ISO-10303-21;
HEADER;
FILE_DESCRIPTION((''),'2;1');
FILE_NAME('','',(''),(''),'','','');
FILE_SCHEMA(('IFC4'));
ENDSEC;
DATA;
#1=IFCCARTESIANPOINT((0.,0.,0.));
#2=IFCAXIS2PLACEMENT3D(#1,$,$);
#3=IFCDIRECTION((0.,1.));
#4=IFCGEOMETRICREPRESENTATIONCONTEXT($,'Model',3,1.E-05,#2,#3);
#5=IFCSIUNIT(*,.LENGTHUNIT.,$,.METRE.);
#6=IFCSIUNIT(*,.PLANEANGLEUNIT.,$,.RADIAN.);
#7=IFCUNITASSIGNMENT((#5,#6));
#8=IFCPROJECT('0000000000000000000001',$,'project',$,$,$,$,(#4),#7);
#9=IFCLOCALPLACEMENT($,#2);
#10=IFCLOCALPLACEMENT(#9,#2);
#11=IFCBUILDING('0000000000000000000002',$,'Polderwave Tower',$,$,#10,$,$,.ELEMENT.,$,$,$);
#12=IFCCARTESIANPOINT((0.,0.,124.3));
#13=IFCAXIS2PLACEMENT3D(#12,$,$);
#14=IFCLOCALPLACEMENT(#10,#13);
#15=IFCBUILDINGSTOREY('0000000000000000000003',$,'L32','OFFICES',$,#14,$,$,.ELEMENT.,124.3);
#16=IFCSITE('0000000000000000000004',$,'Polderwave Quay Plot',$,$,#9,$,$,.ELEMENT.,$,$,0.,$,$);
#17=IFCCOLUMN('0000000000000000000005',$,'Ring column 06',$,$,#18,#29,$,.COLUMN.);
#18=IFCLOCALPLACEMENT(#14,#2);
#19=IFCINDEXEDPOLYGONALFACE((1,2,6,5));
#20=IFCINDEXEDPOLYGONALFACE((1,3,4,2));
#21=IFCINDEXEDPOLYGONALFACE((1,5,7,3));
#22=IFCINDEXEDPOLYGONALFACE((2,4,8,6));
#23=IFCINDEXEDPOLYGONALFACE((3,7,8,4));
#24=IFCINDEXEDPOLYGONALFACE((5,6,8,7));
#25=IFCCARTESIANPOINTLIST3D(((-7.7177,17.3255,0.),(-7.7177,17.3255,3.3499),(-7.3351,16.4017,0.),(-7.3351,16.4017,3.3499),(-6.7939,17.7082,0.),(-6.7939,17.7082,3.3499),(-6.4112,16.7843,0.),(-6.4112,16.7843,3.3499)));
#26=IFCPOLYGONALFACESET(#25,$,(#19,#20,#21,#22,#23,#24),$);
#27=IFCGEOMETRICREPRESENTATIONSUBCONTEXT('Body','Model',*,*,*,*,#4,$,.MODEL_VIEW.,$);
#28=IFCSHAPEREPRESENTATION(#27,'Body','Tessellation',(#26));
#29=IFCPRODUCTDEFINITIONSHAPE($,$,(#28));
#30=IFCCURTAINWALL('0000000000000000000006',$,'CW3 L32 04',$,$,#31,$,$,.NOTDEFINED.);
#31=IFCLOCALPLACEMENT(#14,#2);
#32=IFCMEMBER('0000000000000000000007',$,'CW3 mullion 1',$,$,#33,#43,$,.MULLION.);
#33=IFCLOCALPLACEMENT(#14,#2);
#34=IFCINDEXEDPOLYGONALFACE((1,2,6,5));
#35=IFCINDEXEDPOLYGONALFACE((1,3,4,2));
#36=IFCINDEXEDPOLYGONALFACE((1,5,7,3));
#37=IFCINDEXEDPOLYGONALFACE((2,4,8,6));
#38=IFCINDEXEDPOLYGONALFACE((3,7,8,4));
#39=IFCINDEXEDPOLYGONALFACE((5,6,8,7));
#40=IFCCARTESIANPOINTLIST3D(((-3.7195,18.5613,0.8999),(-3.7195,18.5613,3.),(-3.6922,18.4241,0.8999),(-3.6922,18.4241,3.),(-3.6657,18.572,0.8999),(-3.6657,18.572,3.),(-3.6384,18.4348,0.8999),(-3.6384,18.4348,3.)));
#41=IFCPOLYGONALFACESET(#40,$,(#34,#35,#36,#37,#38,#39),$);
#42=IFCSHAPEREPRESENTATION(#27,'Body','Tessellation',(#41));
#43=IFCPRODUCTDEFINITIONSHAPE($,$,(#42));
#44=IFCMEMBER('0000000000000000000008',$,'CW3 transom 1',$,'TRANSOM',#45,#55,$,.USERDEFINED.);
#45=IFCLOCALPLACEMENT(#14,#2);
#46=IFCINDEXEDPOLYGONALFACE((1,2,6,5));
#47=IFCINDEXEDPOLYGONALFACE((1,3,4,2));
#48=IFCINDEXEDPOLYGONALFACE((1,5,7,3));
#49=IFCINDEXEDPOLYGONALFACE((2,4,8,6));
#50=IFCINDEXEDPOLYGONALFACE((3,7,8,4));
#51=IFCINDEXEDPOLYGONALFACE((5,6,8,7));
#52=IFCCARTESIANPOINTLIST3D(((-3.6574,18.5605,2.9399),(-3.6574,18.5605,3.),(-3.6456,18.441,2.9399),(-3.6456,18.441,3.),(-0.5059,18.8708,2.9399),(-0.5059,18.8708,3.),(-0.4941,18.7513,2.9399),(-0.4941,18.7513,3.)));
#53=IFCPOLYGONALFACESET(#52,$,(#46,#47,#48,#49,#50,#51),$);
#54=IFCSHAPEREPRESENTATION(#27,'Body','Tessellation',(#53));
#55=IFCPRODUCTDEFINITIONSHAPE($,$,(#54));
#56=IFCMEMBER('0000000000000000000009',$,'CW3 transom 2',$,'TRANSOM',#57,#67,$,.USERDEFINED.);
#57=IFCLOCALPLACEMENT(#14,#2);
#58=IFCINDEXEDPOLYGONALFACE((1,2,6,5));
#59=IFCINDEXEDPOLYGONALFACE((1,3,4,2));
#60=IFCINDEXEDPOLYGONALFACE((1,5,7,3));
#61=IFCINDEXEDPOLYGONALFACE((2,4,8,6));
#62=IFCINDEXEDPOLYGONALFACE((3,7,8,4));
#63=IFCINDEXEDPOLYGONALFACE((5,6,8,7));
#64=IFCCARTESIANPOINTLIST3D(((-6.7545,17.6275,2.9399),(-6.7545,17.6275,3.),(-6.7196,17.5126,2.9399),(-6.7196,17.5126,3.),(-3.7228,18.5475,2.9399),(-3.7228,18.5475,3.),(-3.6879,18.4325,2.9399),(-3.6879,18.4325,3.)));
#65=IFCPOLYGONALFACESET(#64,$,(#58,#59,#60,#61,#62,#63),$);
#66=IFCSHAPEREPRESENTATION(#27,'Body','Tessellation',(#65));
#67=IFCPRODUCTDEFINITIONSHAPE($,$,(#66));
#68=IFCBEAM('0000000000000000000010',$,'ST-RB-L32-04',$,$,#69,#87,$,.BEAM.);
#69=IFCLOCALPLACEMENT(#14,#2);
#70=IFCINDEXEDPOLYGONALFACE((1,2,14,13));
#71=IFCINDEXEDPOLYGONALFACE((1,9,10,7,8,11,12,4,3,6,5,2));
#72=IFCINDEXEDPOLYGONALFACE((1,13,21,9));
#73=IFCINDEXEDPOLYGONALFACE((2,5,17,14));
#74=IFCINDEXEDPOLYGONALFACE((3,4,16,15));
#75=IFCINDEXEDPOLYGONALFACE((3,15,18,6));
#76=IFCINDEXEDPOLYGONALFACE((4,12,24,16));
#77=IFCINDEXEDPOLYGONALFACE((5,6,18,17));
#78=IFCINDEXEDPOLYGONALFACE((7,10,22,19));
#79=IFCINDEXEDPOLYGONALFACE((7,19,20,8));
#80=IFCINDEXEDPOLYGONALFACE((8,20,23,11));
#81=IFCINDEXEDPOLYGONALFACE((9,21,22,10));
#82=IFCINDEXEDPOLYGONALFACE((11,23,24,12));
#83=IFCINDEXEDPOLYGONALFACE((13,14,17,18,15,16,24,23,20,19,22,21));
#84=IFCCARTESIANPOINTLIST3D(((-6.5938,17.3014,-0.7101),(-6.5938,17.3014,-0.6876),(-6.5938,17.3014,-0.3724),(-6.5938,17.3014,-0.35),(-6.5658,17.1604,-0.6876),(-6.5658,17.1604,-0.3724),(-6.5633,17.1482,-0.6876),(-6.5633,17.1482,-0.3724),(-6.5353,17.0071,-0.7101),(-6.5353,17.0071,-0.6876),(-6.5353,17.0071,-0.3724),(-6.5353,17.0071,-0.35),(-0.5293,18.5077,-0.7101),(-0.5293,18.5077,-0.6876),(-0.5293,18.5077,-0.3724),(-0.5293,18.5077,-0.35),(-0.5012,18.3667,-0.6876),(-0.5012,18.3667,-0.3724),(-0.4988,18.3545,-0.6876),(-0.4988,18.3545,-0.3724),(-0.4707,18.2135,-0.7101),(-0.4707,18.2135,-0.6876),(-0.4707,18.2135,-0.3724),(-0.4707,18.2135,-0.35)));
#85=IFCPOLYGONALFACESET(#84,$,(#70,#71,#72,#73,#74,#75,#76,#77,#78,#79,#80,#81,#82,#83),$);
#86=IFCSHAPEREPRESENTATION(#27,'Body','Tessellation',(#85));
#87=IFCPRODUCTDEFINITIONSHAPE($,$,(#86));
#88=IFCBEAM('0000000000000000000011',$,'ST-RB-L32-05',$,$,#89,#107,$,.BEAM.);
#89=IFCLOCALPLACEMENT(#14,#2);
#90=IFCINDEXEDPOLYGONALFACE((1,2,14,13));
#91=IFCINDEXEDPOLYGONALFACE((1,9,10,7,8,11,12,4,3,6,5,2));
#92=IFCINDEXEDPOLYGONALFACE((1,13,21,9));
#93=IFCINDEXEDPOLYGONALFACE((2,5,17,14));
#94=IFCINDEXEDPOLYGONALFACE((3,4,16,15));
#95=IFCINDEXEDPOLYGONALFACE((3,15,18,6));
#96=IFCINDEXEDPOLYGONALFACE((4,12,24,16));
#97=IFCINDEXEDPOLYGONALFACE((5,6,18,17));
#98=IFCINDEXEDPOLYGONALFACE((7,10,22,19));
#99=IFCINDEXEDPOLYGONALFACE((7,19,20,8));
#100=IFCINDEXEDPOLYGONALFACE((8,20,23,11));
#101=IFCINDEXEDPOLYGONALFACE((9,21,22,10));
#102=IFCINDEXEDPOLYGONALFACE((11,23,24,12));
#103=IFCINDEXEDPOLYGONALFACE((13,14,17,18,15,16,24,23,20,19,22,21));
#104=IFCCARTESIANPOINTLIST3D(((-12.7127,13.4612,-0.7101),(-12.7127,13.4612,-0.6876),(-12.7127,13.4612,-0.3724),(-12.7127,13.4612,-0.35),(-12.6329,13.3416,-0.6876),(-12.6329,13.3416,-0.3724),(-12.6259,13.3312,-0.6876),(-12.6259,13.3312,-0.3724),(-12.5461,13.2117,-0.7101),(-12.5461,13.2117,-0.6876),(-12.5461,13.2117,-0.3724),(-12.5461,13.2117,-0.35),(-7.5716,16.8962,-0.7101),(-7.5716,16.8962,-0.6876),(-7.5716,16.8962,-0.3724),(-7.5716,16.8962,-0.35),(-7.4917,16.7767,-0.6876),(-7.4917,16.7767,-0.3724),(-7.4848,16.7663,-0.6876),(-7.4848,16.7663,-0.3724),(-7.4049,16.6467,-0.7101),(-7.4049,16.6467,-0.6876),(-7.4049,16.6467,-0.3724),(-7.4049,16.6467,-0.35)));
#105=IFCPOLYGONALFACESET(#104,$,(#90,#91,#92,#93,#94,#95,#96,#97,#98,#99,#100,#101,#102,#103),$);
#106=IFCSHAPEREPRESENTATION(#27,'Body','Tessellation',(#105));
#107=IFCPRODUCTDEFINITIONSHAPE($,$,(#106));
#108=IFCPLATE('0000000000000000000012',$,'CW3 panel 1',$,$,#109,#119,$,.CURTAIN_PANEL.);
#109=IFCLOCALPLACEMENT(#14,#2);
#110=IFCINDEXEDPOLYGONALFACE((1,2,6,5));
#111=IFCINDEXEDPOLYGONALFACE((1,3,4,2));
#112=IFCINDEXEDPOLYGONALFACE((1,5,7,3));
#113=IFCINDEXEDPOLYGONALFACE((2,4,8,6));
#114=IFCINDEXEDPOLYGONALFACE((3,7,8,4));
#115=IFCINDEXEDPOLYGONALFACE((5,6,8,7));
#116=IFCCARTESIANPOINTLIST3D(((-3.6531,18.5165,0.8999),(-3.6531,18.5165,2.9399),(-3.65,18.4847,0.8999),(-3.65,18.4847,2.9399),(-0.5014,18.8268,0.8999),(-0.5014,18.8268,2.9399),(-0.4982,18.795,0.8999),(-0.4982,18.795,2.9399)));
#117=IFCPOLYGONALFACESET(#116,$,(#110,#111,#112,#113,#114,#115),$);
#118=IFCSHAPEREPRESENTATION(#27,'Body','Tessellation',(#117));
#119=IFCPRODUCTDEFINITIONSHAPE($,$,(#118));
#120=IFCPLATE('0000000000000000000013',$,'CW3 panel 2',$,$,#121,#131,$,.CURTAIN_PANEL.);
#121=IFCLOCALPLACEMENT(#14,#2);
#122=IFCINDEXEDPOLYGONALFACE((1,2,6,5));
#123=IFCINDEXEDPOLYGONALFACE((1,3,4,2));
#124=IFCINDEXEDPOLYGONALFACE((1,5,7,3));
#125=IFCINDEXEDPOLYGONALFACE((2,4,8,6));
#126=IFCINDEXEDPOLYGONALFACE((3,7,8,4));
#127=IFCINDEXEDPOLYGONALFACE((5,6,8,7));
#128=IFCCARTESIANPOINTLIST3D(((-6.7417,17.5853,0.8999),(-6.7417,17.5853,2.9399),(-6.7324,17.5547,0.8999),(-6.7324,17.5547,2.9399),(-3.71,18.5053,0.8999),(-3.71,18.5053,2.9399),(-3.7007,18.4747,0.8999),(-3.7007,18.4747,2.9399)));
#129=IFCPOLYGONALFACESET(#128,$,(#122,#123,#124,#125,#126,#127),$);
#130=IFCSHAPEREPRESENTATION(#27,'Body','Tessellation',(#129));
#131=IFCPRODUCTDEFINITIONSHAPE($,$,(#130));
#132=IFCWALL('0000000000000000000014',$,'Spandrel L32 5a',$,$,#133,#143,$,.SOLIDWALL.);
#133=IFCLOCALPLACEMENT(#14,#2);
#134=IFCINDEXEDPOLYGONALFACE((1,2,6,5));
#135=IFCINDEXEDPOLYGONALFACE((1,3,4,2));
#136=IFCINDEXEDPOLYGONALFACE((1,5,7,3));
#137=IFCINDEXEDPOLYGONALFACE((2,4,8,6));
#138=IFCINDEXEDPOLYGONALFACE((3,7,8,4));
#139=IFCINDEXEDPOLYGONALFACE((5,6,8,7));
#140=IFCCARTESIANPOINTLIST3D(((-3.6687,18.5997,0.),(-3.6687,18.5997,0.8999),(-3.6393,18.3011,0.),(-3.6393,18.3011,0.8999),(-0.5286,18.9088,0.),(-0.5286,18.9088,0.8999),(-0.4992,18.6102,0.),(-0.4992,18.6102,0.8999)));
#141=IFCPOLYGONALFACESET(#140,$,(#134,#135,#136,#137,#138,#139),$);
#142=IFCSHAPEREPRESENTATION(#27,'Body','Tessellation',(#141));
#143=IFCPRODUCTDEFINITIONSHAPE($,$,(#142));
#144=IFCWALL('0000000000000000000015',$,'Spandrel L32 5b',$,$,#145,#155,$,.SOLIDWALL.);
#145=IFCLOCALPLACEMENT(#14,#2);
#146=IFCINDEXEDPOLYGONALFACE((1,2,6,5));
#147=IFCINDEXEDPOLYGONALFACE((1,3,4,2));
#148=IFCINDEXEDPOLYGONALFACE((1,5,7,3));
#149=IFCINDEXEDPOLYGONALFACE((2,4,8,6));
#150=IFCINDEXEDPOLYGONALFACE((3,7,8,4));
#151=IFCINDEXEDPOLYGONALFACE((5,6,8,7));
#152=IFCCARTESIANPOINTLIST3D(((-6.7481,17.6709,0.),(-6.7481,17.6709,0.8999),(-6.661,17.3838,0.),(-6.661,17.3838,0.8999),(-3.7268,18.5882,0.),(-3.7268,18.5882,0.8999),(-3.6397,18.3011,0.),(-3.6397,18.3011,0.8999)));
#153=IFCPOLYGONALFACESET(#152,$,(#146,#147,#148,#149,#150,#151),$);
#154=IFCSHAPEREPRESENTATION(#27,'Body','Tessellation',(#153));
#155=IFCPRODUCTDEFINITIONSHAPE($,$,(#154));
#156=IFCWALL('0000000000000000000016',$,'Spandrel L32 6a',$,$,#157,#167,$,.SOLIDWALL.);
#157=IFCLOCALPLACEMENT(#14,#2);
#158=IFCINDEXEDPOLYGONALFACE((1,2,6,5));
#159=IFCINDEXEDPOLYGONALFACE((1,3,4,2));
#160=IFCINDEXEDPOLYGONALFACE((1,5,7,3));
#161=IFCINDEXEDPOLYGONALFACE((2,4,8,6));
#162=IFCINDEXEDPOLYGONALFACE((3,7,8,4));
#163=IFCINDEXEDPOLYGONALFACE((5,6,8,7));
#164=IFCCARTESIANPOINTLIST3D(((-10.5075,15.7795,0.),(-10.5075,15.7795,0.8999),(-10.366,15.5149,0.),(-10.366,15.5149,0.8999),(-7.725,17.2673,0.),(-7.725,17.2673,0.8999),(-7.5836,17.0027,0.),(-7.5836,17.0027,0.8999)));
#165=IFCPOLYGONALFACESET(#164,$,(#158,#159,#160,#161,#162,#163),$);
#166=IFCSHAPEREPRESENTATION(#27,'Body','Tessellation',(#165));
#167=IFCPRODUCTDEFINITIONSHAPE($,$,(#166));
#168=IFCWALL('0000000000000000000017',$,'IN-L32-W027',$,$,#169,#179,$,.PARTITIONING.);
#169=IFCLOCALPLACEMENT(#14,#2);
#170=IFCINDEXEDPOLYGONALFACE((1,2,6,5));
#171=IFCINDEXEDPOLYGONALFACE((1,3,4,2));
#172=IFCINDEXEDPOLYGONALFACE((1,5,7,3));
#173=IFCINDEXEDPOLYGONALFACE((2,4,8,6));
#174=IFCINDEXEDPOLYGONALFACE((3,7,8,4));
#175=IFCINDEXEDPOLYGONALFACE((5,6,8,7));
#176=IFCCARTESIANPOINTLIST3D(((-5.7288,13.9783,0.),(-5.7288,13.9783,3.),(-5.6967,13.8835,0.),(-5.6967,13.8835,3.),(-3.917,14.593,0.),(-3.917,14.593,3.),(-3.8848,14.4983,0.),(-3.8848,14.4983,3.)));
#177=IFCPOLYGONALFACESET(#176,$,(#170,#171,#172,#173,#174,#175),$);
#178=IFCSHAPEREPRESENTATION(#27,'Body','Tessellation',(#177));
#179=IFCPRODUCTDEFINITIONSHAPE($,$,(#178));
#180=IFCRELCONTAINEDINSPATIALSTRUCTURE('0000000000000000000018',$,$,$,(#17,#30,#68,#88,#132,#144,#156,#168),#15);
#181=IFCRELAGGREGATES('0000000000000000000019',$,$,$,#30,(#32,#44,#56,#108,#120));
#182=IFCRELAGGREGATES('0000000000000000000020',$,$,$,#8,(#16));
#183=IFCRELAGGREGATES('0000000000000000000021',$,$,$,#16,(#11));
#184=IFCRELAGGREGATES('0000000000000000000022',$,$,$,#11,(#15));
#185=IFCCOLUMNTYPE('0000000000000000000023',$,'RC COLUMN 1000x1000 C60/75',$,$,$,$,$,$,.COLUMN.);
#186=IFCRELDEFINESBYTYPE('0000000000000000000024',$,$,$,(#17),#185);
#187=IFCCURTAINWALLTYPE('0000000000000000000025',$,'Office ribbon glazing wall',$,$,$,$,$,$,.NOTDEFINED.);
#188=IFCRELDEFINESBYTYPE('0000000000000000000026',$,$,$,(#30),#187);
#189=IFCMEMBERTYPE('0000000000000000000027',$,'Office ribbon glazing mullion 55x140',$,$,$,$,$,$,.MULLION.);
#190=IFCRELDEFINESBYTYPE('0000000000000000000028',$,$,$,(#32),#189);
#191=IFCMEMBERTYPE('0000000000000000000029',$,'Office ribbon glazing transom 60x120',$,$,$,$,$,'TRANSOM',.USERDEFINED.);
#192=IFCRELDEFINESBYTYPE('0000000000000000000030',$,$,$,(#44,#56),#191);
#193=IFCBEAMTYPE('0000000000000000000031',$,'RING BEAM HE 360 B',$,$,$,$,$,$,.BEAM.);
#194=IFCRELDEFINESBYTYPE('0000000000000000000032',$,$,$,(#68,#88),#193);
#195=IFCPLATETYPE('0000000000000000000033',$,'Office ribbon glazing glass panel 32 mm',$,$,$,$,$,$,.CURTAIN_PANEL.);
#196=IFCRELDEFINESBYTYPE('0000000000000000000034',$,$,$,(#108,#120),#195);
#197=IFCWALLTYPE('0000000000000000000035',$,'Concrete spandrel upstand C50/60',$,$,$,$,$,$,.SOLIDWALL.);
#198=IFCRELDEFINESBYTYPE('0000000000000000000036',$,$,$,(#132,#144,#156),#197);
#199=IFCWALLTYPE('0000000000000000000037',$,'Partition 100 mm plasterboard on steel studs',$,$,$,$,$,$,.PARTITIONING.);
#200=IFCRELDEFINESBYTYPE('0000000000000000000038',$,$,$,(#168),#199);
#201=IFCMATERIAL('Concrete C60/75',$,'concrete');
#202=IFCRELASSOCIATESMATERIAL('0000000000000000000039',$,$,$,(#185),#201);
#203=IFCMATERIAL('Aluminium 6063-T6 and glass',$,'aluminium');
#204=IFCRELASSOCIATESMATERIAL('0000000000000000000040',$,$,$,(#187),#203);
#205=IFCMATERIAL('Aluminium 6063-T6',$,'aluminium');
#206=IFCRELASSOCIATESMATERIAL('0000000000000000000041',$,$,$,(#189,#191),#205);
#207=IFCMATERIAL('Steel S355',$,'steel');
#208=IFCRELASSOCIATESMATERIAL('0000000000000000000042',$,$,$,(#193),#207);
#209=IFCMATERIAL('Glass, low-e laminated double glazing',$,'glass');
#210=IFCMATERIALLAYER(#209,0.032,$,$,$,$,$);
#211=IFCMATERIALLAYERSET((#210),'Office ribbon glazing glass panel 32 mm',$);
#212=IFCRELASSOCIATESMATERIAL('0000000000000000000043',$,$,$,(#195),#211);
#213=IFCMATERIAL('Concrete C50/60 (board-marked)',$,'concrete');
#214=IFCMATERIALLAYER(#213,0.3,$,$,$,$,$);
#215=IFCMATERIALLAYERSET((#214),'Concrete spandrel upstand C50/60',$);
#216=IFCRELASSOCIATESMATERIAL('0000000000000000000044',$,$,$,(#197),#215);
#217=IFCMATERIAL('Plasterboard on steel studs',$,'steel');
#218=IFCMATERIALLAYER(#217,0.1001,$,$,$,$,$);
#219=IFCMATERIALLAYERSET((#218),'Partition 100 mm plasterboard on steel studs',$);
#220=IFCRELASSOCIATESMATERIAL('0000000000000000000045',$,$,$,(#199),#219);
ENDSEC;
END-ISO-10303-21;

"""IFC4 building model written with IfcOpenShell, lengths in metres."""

from ifc_helpers import new_model, si_unit, direction, frame, frame_2d, origin, origin_2d, place, context, subcontext, project, spatial, rectangle, i_section, extrude, material, layer, layer_set, material_profile, profile_set, type_object, element, aggregate, save


model = new_model("IFC4")

# Units and contexts
model_context = context("Model", 3, precision=1e-05, world=origin(), true_north=direction((0.0, 1.0)))
body_context = subcontext(model_context, "Body", "Model", "MODEL_VIEW")
ifc_project = project(units=[si_unit("LENGTHUNIT", "METRE"), si_unit("PLANEANGLEUNIT", "RADIAN")], contexts=[model_context])

# Site, building, storey
site_placement = place(None, origin())
site = spatial("IfcSite", under=ifc_project, at=site_placement, Name="Polderwave Quay Plot", CompositionType="ELEMENT", RefElevation=0.0)
building_placement = place(site_placement, origin())
building = spatial("IfcBuilding", under=site, at=building_placement, Name="Polderwave Tower", CompositionType="ELEMENT")
storey_placement = place(building_placement, frame((0.0, 0.0, 124.3)))
storey = spatial("IfcBuildingStorey", under=building, at=storey_placement, Name="L32", Description="OFFICES", CompositionType="ELEMENT", Elevation=124.3)

# Column
ifc_material_1 = material(Name="Concrete C60/75", Category="concrete")
ifc_material_profile_1 = material_profile(ifc_material_1, rectangle(XDim=1.0, YDim=1.0, at=origin_2d()), Name="RC 1000x1000")
ifc_profile_set_1 = profile_set([ifc_material_profile_1], Name="Concrete C60/75")
column_type = type_object("IfcColumnType", Name="RC COLUMN 1000x1000 C60/75", PredefinedType="COLUMN", material=ifc_profile_set_1)
column_placement = place(storey_placement, frame((-7.0645, 17.0549, 0.0), z_axis=(0.0, 0.0, 1.0), x_axis=(-0.382683, 0.92388, 0.0)))
element("IfcColumn", 1, at=column_placement, inside=storey, type_object=column_type, Name="Ring column 06", PredefinedType="COLUMN", context=body_context, shape_type="SweptSolid", body=[
    extrude(rectangle(XDim=1.0, YDim=1.0, at=origin_2d()), origin(), (0.0, 0.0, 1.0), 3.3499),
])

# Curtain wall, members
ifc_material_2 = material(Name="Aluminium 6063-T6 and glass", Category="aluminium")
curtain_wall_type = type_object("IfcCurtainWallType", Name="Office ribbon glazing wall", PredefinedType="NOTDEFINED", material=ifc_material_2)
curtain_wall_placement = place(storey_placement, origin())
curtain_wall = element("IfcCurtainWall", 2, at=curtain_wall_placement, inside=storey, type_object=curtain_wall_type, Name="CW3 L32 04", PredefinedType="NOTDEFINED")
ifc_material_3 = material(Name="Aluminium 6063-T6", Category="aluminium")
ifc_material_profile_2 = material_profile(ifc_material_3, rectangle(XDim=0.1399, YDim=0.0549, at=origin_2d()), Name="AL 55x140")
ifc_profile_set_2 = profile_set([ifc_material_profile_2], Name="Aluminium 6063-T6")
member_type_1 = type_object("IfcMemberType", Name="Office ribbon glazing mullion 55x140", PredefinedType="MULLION", material=ifc_profile_set_2)
member_1_placement = place(storey_placement, frame((-3.679, 18.498, 0.8999), z_axis=(0.0, 0.0, 1.0), x_axis=(0.195128, -0.980778, 0.0)))
member_1 = element("IfcMember", 3, at=member_1_placement, type_object=member_type_1, Name="CW3 mullion 1", PredefinedType="MULLION", context=body_context, shape_type="SweptSolid", body=[
    extrude(rectangle(XDim=0.1399, YDim=0.0549, at=origin_2d()), origin(), (0.0, 0.0, 1.0), 2.1001),
])
ifc_material_profile_3 = material_profile(ifc_material_3, rectangle(XDim=0.1201, YDim=0.0601, at=origin_2d()), Name="AL 60x120")
ifc_profile_set_3 = profile_set([ifc_material_profile_3], Name="Aluminium 6063-T6")
member_type_2 = type_object("IfcMemberType", Name="Office ribbon glazing transom 60x120", ElementType="TRANSOM", PredefinedType="USERDEFINED", material=ifc_profile_set_3)
member_2_placement = place(storey_placement, frame((-0.5, 18.811, 2.97), z_axis=(-0.995188, -0.097985, 0.0), x_axis=(0.097985, -0.995188, 0.0)))
member_2 = element("IfcMember", 4, at=member_2_placement, type_object=member_type_2, Name="CW3 transom 1", ObjectType="TRANSOM", PredefinedType="USERDEFINED", context=body_context, shape_type="SweptSolid", body=[
    extrude(rectangle(XDim=0.1201, YDim=0.0601, at=origin_2d()), origin(), (0.0, 0.0, 1.0), 3.1667),
])
member_3_placement = place(storey_placement, frame((-3.7053, 18.49, 2.97), z_axis=(-0.956918, -0.290358, 0.0), x_axis=(0.290358, -0.956918, 0.0)))
member_3 = element("IfcMember", 5, at=member_3_placement, type_object=member_type_2, Name="CW3 transom 2", ObjectType="TRANSOM", PredefinedType="USERDEFINED", context=body_context, shape_type="SweptSolid", body=[
    extrude(rectangle(XDim=0.1201, YDim=0.0601, at=origin_2d()), origin(), (0.0, 0.0, 1.0), 3.1682),
])

# Beams
ifc_material_4 = material(Name="Steel S355", Category="steel")
ifc_material_profile_4 = material_profile(ifc_material_4, i_section(OverallWidth=0.3, OverallDepth=0.3601, WebThickness=0.0125, FlangeThickness=0.0225, at=origin_2d()), Name="HE 360 B")
ifc_profile_set_4 = profile_set([ifc_material_profile_4], Name="Steel S355")
beam_type = type_object("IfcBeamType", Name="RING BEAM HE 360 B", PredefinedType="BEAM", material=ifc_profile_set_4)
beam_1_placement = place(storey_placement, frame((-0.5, 18.3606, -0.53), z_axis=(-0.980785, -0.195091, 0.0), x_axis=(0.195091, -0.980785, 0.0)))
element("IfcBeam", 6, at=beam_1_placement, inside=storey, type_object=beam_type, Name="ST-RB-L32-04", PredefinedType="BEAM", context=body_context, shape_type="SweptSolid", body=[
    extrude(i_section(OverallWidth=0.3, OverallDepth=0.3601, WebThickness=0.0125, FlangeThickness=0.0225, at=origin_2d()), origin(), (0.0, 0.0, 1.0), 6.1833),
])
beam_2_placement = place(storey_placement, frame((-7.4883, 16.7715, -0.53), z_axis=(-0.831479, -0.555556, 0.0), x_axis=(0.555556, -0.831479, 0.0)))
element("IfcBeam", 7, at=beam_2_placement, inside=storey, type_object=beam_type, Name="ST-RB-L32-05", PredefinedType="BEAM", context=body_context, shape_type="SweptSolid", body=[
    extrude(i_section(OverallWidth=0.3, OverallDepth=0.3601, WebThickness=0.0125, FlangeThickness=0.0225, at=origin_2d()), origin(), (0.0, 0.0, 1.0), 6.1831),
])

# Plates
ifc_material_5 = material(Name="Glass, low-e laminated double glazing", Category="glass")
ifc_layer_1 = layer(ifc_material_5, 0.032)
ifc_layer_set_1 = layer_set([ifc_layer_1], Name="Office ribbon glazing glass panel 32 mm")
plate_type = type_object("IfcPlateType", Name="Office ribbon glazing glass panel 32 mm", PredefinedType="CURTAIN_PANEL", material=ifc_layer_set_1)
plate_1_placement = place(storey_placement, frame((-2.0757, 18.6558, 0.8999), z_axis=(0.0, 0.0, 1.0), x_axis=(-0.995188, -0.097984, 0.0)))
plate_1 = element("IfcPlate", 8, at=plate_1_placement, type_object=plate_type, Name="CW3 panel 1", PredefinedType="CURTAIN_PANEL", context=body_context, shape_type="SweptSolid", body=[
    extrude(rectangle(XDim=3.167, YDim=0.032, at=origin_2d()), origin(), (0.0, 0.0, 1.0), 2.04),
])
plate_2_placement = place(storey_placement, frame((-5.2212, 18.03, 0.8999), z_axis=(0.0, 0.0, 1.0), x_axis=(-0.956908, -0.29039, 0.0)))
plate_2 = element("IfcPlate", 9, at=plate_2_placement, type_object=plate_type, Name="CW3 panel 2", PredefinedType="CURTAIN_PANEL", context=body_context, shape_type="SweptSolid", body=[
    extrude(rectangle(XDim=3.1682, YDim=0.032, at=origin_2d()), origin(), (0.0, 0.0, 1.0), 2.04),
])
aggregate(curtain_wall, [member_1, member_2, member_3, plate_1, plate_2])

# Walls
ifc_material_6 = material(Name="Concrete C50/60 (board-marked)", Category="concrete")
ifc_layer_2 = layer(ifc_material_6, 0.3)
ifc_layer_set_2 = layer_set([ifc_layer_2], Name="Concrete spandrel upstand C50/60")
wall_type_1 = type_object("IfcWallType", Name="Concrete spandrel upstand C50/60", PredefinedType="SOLIDWALL", material=ifc_layer_set_2)
wall_1_placement = place(storey_placement, frame((-0.5139, 18.7595, 0.0), z_axis=(0.0, 0.0, 1.0), x_axis=(-0.995191, -0.097956, 0.0)))
element("IfcWall", 10, at=wall_1_placement, inside=storey, type_object=wall_type_1, Name="Spandrel L32 5a", PredefinedType="SOLIDWALL", context=body_context, shape_type="SweptSolid", body=[
    extrude(rectangle(XDim=3.1553, YDim=0.3, at=frame_2d((1.5776, 0.0))), origin(), (0.0, 0.0, 1.0), 0.8999),
])
wall_2_placement = place(storey_placement, frame((-3.6833, 18.4446, 0.0), z_axis=(0.0, 0.0, 1.0), x_axis=(-0.956874, -0.290503, 0.0)))
element("IfcWall", 11, at=wall_2_placement, inside=storey, type_object=wall_type_1, Name="Spandrel L32 5b", PredefinedType="SOLIDWALL", context=body_context, shape_type="SweptSolid", body=[
    extrude(rectangle(XDim=3.1575, YDim=0.3, at=frame_2d((1.5786, 0.0))), origin(), (0.0, 0.0, 1.0), 0.8999),
])
wall_3_placement = place(storey_placement, frame((-7.6543, 17.135, 0.0), z_axis=(0.0, 0.0, 1.0), x_axis=(-0.881851, -0.471528, 0.0)))
element("IfcWall", 12, at=wall_3_placement, inside=storey, type_object=wall_type_1, Name="Spandrel L32 6a", PredefinedType="SOLIDWALL", context=body_context, shape_type="SweptSolid", body=[
    extrude(rectangle(XDim=3.1553, YDim=0.3, at=frame_2d((1.5776, 0.0))), origin(), (0.0, 0.0, 1.0), 0.8999),
])
ifc_material_7 = material(Name="Plasterboard on steel studs", Category="steel")
ifc_layer_3 = layer(ifc_material_7, 0.1001)
ifc_layer_set_3 = layer_set([ifc_layer_3], Name="Partition 100 mm plasterboard on steel studs")
wall_type_2 = type_object("IfcWallType", Name="Partition 100 mm plasterboard on steel studs", PredefinedType="PARTITIONING", material=ifc_layer_set_3)
wall_4_placement = place(storey_placement, frame((-5.7126, 13.9309, 0.0), z_axis=(0.0, 0.0, 1.0), x_axis=(0.946972, 0.321315, 0.0)))
element("IfcWall", 13, at=wall_4_placement, inside=storey, type_object=wall_type_2, Name="IN-L32-W027", PredefinedType="PARTITIONING", context=body_context, shape_type="SweptSolid", body=[
    extrude(rectangle(XDim=1.9133, YDim=0.1001, at=frame_2d((0.9565, 0.0))), origin(), (0.0, 0.0, 1.0), 3.0),
])

save(model, "model.ifc")
